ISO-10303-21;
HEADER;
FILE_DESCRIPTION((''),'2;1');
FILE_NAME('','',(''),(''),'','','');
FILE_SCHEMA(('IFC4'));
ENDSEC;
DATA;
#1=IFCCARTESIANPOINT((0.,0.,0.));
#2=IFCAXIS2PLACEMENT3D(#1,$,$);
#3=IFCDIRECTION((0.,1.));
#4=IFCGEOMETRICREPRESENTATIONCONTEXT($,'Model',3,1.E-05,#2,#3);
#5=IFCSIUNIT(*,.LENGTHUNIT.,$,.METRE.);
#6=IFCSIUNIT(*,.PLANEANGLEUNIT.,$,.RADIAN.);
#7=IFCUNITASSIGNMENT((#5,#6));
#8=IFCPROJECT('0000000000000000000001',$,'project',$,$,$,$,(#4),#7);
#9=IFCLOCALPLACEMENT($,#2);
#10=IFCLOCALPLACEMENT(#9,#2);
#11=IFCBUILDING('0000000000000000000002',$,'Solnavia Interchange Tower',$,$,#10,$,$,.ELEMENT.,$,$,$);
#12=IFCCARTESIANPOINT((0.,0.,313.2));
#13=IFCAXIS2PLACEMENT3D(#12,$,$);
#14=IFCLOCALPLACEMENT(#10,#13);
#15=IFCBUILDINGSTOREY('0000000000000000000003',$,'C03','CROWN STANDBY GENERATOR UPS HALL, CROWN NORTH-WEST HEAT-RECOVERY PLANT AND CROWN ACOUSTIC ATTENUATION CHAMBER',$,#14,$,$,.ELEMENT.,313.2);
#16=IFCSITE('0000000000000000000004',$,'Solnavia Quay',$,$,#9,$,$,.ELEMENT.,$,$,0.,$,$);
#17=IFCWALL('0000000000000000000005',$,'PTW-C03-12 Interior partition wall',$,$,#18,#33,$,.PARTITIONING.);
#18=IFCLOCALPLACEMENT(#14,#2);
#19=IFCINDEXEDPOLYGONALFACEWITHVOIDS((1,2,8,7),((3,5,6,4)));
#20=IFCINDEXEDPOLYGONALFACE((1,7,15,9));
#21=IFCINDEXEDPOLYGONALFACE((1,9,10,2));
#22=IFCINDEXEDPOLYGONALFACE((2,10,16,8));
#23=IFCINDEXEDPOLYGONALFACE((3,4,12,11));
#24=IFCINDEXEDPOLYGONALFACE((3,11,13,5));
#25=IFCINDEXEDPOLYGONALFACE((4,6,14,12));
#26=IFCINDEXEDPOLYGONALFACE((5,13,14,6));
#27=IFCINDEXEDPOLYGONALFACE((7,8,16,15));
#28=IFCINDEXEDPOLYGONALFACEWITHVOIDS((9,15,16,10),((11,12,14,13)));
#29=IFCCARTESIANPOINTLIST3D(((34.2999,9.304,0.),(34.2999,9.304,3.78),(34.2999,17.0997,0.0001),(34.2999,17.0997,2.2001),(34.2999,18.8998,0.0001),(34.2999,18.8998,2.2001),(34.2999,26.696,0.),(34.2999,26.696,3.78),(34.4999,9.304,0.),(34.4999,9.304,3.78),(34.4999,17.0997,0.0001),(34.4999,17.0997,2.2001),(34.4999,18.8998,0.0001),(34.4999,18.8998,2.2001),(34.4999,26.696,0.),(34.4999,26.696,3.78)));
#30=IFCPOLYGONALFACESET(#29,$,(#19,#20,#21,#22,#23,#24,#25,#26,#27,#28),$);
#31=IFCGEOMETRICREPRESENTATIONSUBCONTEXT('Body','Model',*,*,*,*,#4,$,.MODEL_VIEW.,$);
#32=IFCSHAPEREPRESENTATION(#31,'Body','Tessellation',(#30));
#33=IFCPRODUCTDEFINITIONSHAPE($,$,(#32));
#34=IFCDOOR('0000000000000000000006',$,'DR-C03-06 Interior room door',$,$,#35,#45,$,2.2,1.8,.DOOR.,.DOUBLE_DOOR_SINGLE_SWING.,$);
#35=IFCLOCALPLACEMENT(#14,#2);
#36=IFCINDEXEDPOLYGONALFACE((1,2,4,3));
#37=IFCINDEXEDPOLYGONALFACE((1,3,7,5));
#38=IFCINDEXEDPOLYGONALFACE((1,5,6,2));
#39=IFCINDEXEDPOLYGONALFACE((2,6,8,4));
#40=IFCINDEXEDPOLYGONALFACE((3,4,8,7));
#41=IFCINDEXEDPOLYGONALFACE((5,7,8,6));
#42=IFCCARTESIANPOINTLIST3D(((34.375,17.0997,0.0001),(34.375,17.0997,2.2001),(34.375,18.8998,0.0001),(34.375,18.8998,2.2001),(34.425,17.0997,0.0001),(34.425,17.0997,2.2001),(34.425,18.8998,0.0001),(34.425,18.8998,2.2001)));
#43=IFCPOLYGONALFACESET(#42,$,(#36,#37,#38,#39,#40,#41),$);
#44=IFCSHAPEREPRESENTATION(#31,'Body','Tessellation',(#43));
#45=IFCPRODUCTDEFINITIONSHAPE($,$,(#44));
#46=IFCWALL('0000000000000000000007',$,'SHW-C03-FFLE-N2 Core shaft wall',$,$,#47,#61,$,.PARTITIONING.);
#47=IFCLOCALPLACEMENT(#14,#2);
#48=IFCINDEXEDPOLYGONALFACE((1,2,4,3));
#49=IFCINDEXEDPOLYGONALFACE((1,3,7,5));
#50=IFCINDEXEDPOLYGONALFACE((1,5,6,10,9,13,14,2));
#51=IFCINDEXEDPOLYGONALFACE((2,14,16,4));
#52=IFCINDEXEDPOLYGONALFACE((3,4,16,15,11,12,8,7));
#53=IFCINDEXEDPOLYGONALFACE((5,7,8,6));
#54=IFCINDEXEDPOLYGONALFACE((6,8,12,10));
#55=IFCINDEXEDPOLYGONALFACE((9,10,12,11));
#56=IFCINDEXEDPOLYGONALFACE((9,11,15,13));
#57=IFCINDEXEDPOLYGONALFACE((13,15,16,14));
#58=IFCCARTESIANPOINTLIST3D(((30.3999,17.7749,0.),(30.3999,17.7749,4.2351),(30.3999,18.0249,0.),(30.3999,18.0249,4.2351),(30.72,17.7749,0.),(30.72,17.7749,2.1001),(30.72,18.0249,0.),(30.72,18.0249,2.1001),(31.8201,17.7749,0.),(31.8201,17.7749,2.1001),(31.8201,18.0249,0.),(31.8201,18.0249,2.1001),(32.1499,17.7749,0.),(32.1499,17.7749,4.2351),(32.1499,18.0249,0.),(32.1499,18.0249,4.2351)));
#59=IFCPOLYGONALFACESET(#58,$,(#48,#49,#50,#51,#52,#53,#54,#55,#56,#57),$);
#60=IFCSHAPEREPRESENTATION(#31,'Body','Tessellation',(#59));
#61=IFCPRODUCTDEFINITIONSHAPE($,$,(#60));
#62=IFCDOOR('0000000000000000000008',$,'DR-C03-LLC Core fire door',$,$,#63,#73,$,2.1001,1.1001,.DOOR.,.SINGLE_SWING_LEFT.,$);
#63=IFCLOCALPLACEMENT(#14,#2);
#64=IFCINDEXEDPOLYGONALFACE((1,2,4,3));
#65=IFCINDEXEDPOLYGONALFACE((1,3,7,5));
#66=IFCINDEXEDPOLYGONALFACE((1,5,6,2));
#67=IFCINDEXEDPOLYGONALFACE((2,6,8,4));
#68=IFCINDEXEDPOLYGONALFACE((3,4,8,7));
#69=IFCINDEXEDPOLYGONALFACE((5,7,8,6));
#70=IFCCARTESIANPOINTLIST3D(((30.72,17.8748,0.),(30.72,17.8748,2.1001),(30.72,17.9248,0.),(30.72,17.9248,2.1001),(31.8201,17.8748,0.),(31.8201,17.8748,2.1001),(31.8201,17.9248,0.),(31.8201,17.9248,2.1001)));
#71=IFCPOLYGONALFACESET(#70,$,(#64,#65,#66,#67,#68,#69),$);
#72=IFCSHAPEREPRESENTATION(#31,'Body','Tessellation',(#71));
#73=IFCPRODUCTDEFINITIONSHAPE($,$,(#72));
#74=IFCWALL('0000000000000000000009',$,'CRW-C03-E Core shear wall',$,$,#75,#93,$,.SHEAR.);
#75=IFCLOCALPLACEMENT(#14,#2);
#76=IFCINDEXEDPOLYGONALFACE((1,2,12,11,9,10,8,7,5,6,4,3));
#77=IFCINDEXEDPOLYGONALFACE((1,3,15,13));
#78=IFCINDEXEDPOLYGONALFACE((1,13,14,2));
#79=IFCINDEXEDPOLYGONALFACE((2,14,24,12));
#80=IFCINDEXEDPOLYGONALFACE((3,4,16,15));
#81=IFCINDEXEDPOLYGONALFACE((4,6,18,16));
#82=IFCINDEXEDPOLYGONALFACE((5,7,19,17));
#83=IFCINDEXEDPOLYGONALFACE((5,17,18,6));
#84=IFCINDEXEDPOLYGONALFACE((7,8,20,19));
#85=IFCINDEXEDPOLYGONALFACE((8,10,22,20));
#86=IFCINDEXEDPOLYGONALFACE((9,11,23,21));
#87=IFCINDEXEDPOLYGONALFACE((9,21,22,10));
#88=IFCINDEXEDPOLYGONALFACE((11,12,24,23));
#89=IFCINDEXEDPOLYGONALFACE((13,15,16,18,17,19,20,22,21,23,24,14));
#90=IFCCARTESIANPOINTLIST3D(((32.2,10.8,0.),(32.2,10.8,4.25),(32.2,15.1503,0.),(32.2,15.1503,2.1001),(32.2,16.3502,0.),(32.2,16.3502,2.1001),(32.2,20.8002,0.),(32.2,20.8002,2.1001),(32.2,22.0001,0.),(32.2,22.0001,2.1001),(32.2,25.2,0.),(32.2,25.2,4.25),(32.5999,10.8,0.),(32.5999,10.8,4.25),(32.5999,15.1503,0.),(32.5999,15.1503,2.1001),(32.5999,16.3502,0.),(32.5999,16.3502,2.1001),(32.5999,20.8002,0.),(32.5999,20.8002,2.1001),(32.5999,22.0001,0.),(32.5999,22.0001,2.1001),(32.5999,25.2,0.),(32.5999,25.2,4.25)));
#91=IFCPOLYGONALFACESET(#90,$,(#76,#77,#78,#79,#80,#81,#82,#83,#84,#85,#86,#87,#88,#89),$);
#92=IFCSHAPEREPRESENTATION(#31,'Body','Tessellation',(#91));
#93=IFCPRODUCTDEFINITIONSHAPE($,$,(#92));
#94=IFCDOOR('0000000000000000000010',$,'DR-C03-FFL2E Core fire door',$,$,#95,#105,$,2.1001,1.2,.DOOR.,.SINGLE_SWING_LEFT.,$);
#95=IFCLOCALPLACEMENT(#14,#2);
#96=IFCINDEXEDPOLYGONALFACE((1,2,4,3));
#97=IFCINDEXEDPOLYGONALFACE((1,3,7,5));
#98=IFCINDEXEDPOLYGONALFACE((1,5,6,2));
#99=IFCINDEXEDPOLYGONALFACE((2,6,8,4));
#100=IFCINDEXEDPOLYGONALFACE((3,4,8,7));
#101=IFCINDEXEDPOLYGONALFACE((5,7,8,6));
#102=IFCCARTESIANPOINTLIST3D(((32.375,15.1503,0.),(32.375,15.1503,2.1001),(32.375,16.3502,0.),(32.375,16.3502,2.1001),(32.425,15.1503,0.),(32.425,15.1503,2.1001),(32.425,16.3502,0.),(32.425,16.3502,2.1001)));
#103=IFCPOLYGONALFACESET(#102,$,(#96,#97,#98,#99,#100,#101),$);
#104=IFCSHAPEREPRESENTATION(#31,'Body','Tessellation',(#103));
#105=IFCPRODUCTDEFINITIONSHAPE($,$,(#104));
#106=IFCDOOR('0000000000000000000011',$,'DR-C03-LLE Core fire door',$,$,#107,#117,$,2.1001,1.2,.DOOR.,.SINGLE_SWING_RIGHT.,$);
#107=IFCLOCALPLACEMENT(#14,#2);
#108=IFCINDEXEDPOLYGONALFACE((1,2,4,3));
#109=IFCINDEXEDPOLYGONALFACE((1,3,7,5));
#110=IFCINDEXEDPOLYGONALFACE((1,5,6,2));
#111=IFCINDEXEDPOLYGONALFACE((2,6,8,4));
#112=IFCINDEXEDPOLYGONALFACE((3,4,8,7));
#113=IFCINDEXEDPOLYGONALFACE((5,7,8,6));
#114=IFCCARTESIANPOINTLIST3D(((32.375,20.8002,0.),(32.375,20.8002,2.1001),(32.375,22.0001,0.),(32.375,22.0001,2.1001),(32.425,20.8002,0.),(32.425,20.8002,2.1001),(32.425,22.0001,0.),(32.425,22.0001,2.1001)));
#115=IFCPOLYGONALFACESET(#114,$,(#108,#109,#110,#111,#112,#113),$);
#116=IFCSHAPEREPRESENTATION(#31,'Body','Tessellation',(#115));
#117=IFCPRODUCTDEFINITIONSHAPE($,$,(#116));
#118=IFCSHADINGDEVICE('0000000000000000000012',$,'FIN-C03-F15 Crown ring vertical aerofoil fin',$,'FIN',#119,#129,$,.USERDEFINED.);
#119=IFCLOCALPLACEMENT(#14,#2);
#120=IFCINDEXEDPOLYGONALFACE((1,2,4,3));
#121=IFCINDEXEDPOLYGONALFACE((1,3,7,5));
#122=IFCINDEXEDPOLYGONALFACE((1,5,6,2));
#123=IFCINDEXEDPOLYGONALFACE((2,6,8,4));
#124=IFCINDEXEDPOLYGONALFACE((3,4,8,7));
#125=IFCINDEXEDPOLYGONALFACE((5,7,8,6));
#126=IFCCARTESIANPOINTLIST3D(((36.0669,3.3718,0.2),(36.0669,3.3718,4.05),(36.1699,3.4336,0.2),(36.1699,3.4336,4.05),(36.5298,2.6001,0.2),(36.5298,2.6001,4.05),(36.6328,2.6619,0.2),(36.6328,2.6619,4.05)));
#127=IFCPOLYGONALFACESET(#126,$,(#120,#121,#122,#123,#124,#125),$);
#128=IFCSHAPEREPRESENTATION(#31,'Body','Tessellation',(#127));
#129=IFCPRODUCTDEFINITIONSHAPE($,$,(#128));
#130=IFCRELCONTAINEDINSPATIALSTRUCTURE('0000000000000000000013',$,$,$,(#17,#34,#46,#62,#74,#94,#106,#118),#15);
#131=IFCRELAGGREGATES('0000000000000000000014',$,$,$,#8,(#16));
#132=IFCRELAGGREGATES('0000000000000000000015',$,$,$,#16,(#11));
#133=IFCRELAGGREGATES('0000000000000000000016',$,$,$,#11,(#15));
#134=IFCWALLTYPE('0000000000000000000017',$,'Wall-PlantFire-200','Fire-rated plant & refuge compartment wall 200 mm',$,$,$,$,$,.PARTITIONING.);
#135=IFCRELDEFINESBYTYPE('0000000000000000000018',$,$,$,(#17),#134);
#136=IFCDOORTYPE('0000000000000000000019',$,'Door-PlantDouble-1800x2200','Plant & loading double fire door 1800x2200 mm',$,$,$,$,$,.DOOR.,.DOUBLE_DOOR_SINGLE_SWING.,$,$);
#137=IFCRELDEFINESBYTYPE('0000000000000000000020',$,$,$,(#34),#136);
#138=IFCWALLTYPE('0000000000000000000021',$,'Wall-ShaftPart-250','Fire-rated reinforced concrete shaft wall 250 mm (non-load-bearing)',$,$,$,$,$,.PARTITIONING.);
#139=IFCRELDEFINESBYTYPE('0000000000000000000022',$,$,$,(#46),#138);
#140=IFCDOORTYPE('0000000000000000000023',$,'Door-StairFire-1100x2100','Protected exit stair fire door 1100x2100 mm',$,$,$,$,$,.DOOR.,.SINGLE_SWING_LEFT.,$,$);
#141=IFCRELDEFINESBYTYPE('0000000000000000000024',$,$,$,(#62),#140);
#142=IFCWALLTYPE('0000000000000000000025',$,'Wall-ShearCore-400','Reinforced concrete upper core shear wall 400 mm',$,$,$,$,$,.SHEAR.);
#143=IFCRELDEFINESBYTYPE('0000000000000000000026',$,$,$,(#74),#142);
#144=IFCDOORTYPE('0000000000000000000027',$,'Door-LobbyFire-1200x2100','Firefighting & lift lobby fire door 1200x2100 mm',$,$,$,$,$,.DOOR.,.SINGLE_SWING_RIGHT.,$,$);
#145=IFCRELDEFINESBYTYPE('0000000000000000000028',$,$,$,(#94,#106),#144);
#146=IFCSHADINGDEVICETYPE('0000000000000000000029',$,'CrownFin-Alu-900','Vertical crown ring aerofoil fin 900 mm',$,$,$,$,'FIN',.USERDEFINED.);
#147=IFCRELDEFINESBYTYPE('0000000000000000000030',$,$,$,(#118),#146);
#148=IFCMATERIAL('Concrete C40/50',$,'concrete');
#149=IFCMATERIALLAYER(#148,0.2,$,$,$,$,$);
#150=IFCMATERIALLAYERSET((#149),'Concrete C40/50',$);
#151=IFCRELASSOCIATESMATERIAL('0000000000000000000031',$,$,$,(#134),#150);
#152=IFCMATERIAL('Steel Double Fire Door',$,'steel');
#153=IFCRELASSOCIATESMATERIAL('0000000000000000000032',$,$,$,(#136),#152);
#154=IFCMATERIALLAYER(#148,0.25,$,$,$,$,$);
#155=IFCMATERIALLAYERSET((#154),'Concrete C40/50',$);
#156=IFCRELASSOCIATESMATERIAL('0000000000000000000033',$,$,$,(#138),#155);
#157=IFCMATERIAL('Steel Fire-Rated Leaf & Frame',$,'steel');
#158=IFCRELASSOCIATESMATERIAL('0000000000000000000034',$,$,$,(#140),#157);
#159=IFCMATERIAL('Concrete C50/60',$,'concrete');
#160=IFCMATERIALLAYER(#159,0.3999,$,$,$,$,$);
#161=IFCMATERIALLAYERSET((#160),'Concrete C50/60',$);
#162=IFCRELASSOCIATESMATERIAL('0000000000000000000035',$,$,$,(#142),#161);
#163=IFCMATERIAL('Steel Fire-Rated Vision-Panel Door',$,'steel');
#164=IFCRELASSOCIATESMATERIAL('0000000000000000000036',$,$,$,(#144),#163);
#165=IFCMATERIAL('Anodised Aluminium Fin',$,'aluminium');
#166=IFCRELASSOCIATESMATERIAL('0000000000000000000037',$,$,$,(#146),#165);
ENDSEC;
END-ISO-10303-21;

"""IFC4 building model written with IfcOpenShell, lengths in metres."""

from ifc_helpers import new_model, si_unit, direction, frame, frame_2d, origin, origin_2d, place, context, subcontext, project, spatial, rectangle, extrude, material, layer, layer_set, type_object, element, fill, save


model = new_model("IFC4")

# Units and contexts
model_context = context("Model", 3, precision=1e-05, world=origin(), true_north=direction((0.0, 1.0)))
body_context = subcontext(model_context, "Body", "Model", "MODEL_VIEW")
ifc_project = project(units=[si_unit("LENGTHUNIT", "METRE"), si_unit("PLANEANGLEUNIT", "RADIAN")], contexts=[model_context])

# Site, building, storey
site_placement = place(None, origin())
site = spatial("IfcSite", under=ifc_project, at=site_placement, Name="Solnavia Quay", CompositionType="ELEMENT", RefElevation=0.0)
building_placement = place(site_placement, origin())
building = spatial("IfcBuilding", under=site, at=building_placement, Name="Solnavia Interchange Tower", CompositionType="ELEMENT")
storey_placement = place(building_placement, frame((0.0, 0.0, 313.2)))
storey = spatial("IfcBuildingStorey", under=building, at=storey_placement, Name="C03", Description="CROWN STANDBY GENERATOR UPS HALL, CROWN NORTH-WEST HEAT-RECOVERY PLANT AND CROWN ACOUSTIC ATTENUATION CHAMBER", CompositionType="ELEMENT", Elevation=313.2)

# Shared definitions
ifc_material_1 = material(Name="Concrete C50/60", Category="concrete")

# Shared definitions
ifc_material_2 = material(Name="Concrete C40/50", Category="concrete")
ifc_layer_1 = layer(ifc_material_2, 0.2)
ifc_layer_set_1 = layer_set([ifc_layer_1], Name="Concrete C40/50")
wall_type_1 = type_object("IfcWallType", Name="Wall-PlantFire-200", Description="Fire-rated plant & refuge compartment wall 200 mm", PredefinedType="PARTITIONING", material=ifc_layer_set_1)

# Walls, openings, doors
wall_1_placement = place(storey_placement, frame((34.3999, 9.304, 0.0), z_axis=(0.0, 0.0, 1.0), x_axis=(0.0, 1.0, 0.0)))
wall_1 = element("IfcWall", 1, at=wall_1_placement, inside=storey, type_object=wall_type_1, Name="PTW-C03-12 Interior partition wall", PredefinedType="PARTITIONING", context=body_context, shape_type="SweptSolid", body=[
    extrude(rectangle(XDim=17.3921, YDim=0.2, at=frame_2d((8.696, 0.0))), origin(), (0.0, 0.0, 1.0), 3.78),
])
opening_1_placement = place(wall_1_placement, frame((7.7959, 0.0, 0.0)))
opening_1 = element("IfcOpeningElement", 2, at=opening_1_placement, cuts=wall_1, PredefinedType="OPENING", context=body_context, shape_type="SweptSolid", body=[
    extrude(rectangle(XDim=1.8, YDim=2.2, at=frame_2d((0.8999, 1.1001))), frame((0.0, 0.1099, 0.0), z_axis=(0.0, -1.0, 0.0), x_axis=(1.0, 0.0, 0.0)), (0.0, 0.0, 1.0), 0.22),
])
ifc_material_3 = material(Name="Steel Double Fire Door", Category="steel")
door_type_1 = type_object("IfcDoorType", Name="Door-PlantDouble-1800x2200", Description="Plant & loading double fire door 1800x2200 mm", OperationType="DOUBLE_DOOR_SINGLE_SWING", PredefinedType="DOOR", material=ifc_material_3)
door_1_placement = place(opening_1_placement, origin())
door_1 = element("IfcDoor", 3, at=door_1_placement, inside=storey, type_object=door_type_1, Name="DR-C03-06 Interior room door", OperationType="DOUBLE_DOOR_SINGLE_SWING", OverallHeight=2.2, OverallWidth=1.8, PredefinedType="DOOR", context=body_context, shape_type="SweptSolid", body=[
    extrude(rectangle(XDim=1.8, YDim=2.2, at=frame_2d((0.8999, 1.1001))), frame((0.0, 0.0249, 0.0), z_axis=(0.0, -1.0, 0.0), x_axis=(1.0, 0.0, 0.0)), (0.0, 0.0, 1.0), 0.05),
])
fill(opening_1, door_1)
ifc_layer_2 = layer(ifc_material_2, 0.25)
ifc_layer_set_2 = layer_set([ifc_layer_2], Name="Concrete C40/50")
wall_type_2 = type_object("IfcWallType", Name="Wall-ShaftPart-250", Description="Fire-rated reinforced concrete shaft wall 250 mm (non-load-bearing)", PredefinedType="PARTITIONING", material=ifc_layer_set_2)
wall_2_placement = place(storey_placement, frame((30.3999, 17.8999, 0.0), z_axis=(0.0, 0.0, 1.0), x_axis=(1.0, 0.0, 0.0)))
wall_2 = element("IfcWall", 4, at=wall_2_placement, inside=storey, type_object=wall_type_2, Name="SHW-C03-FFLE-N2 Core shaft wall", PredefinedType="PARTITIONING", context=body_context, shape_type="SweptSolid", body=[
    extrude(rectangle(XDim=1.75, YDim=0.25, at=frame_2d((0.875, 0.0))), origin(), (0.0, 0.0, 1.0), 4.2351),
])
opening_2_placement = place(wall_2_placement, frame((0.3201, 0.0, 0.0)))
opening_2 = element("IfcOpeningElement", 5, at=opening_2_placement, cuts=wall_2, PredefinedType="OPENING", context=body_context, shape_type="SweptSolid", body=[
    extrude(rectangle(XDim=1.1001, YDim=2.1001, at=frame_2d((0.55, 1.05))), frame((0.0, 0.135, 0.0), z_axis=(0.0, -1.0, 0.0), x_axis=(1.0, 0.0, 0.0)), (0.0, 0.0, 1.0), 0.27),
])
ifc_material_4 = material(Name="Steel Fire-Rated Leaf & Frame", Category="steel")
door_type_2 = type_object("IfcDoorType", Name="Door-StairFire-1100x2100", Description="Protected exit stair fire door 1100x2100 mm", OperationType="SINGLE_SWING_LEFT", PredefinedType="DOOR", material=ifc_material_4)
door_2_placement = place(opening_2_placement, origin())
door_2 = element("IfcDoor", 6, at=door_2_placement, inside=storey, type_object=door_type_2, Name="DR-C03-LLC Core fire door", OperationType="SINGLE_SWING_LEFT", OverallHeight=2.1001, OverallWidth=1.1001, PredefinedType="DOOR", context=body_context, shape_type="SweptSolid", body=[
    extrude(rectangle(XDim=1.1001, YDim=2.1001, at=frame_2d((0.55, 1.05))), frame((0.0, 0.0249, 0.0), z_axis=(0.0, -1.0, 0.0), x_axis=(1.0, 0.0, 0.0)), (0.0, 0.0, 1.0), 0.05),
])
fill(opening_2, door_2)

# Wall, openings, doors
ifc_layer_3 = layer(ifc_material_1, 0.3999)
ifc_layer_set_3 = layer_set([ifc_layer_3], Name="Concrete C50/60")
wall_type_3 = type_object("IfcWallType", Name="Wall-ShearCore-400", Description="Reinforced concrete upper core shear wall 400 mm", PredefinedType="SHEAR", material=ifc_layer_set_3)
wall_3_placement = place(storey_placement, frame((32.3999, 10.8, 0.0), z_axis=(0.0, 0.0, 1.0), x_axis=(0.0, 1.0, 0.0)))
wall_3 = element("IfcWall", 7, at=wall_3_placement, inside=storey, type_object=wall_type_3, Name="CRW-C03-E Core shear wall", PredefinedType="SHEAR", context=body_context, shape_type="SweptSolid", body=[
    extrude(rectangle(XDim=14.3999, YDim=0.3999, at=frame_2d((7.2, 0.0))), origin(), (0.0, 0.0, 1.0), 4.25),
])
opening_3_placement = place(wall_3_placement, frame((4.3501, 0.0, 0.0)))
opening_3 = element("IfcOpeningElement", 8, at=opening_3_placement, cuts=wall_3, PredefinedType="OPENING", context=body_context, shape_type="SweptSolid", body=[
    extrude(rectangle(XDim=1.2, YDim=2.1001, at=frame_2d((0.6001, 1.05))), frame((0.0, 0.21, 0.0), z_axis=(0.0, -1.0, 0.0), x_axis=(1.0, 0.0, 0.0)), (0.0, 0.0, 1.0), 0.4199),
])
opening_4_placement = place(wall_3_placement, frame((10.0, 0.0, 0.0)))
opening_4 = element("IfcOpeningElement", 9, at=opening_4_placement, cuts=wall_3, PredefinedType="OPENING", context=body_context, shape_type="SweptSolid", body=[
    extrude(rectangle(XDim=1.2, YDim=2.1001, at=frame_2d((0.6001, 1.05))), frame((0.0, 0.21, 0.0), z_axis=(0.0, -1.0, 0.0), x_axis=(1.0, 0.0, 0.0)), (0.0, 0.0, 1.0), 0.4199),
])
ifc_material_5 = material(Name="Steel Fire-Rated Vision-Panel Door", Category="steel")
door_type_3 = type_object("IfcDoorType", Name="Door-LobbyFire-1200x2100", Description="Firefighting & lift lobby fire door 1200x2100 mm", OperationType="SINGLE_SWING_RIGHT", PredefinedType="DOOR", material=ifc_material_5)
door_3_placement = place(opening_3_placement, origin())
door_3 = element("IfcDoor", 10, at=door_3_placement, inside=storey, type_object=door_type_3, Name="DR-C03-FFL2E Core fire door", OperationType="SINGLE_SWING_LEFT", OverallHeight=2.1001, OverallWidth=1.2, PredefinedType="DOOR", context=body_context, shape_type="SweptSolid", body=[
    extrude(rectangle(XDim=1.2, YDim=2.1001, at=frame_2d((0.6001, 1.05))), frame((0.0, 0.0249, 0.0), z_axis=(0.0, -1.0, 0.0), x_axis=(1.0, 0.0, 0.0)), (0.0, 0.0, 1.0), 0.05),
])
fill(opening_3, door_3)
door_4_placement = place(opening_4_placement, origin())
door_4 = element("IfcDoor", 11, at=door_4_placement, inside=storey, type_object=door_type_3, Name="DR-C03-LLE Core fire door", OperationType="SINGLE_SWING_RIGHT", OverallHeight=2.1001, OverallWidth=1.2, PredefinedType="DOOR", context=body_context, shape_type="SweptSolid", body=[
    extrude(rectangle(XDim=1.2, YDim=2.1001, at=frame_2d((0.6001, 1.05))), frame((0.0, 0.0249, 0.0), z_axis=(0.0, -1.0, 0.0), x_axis=(1.0, 0.0, 0.0)), (0.0, 0.0, 1.0), 0.05),
])
fill(opening_4, door_4)

# Shading device
ifc_material_6 = material(Name="Anodised Aluminium Fin", Category="aluminium")
shading_device_type = type_object("IfcShadingDeviceType", Name="CrownFin-Alu-900", Description="Vertical crown ring aerofoil fin 900 mm", ElementType="FIN", PredefinedType="USERDEFINED", material=ifc_material_6)
shading_device_placement = place(storey_placement, frame((36.3499, 3.0168, 0.2), z_axis=(0.0, 0.0, 1.0), x_axis=(0.51444, -0.857527, 0.0)))
element("IfcShadingDevice", 12, at=shading_device_placement, inside=storey, type_object=shading_device_type, Name="FIN-C03-F15 Crown ring vertical aerofoil fin", ObjectType="FIN", PredefinedType="USERDEFINED", context=body_context, shape_type="SweptSolid", body=[
    extrude(rectangle(XDim=0.8999, YDim=0.1201, at=origin_2d()), origin(), (0.0, 0.0, 1.0), 3.8501),
])

save(model, "model.ifc")
